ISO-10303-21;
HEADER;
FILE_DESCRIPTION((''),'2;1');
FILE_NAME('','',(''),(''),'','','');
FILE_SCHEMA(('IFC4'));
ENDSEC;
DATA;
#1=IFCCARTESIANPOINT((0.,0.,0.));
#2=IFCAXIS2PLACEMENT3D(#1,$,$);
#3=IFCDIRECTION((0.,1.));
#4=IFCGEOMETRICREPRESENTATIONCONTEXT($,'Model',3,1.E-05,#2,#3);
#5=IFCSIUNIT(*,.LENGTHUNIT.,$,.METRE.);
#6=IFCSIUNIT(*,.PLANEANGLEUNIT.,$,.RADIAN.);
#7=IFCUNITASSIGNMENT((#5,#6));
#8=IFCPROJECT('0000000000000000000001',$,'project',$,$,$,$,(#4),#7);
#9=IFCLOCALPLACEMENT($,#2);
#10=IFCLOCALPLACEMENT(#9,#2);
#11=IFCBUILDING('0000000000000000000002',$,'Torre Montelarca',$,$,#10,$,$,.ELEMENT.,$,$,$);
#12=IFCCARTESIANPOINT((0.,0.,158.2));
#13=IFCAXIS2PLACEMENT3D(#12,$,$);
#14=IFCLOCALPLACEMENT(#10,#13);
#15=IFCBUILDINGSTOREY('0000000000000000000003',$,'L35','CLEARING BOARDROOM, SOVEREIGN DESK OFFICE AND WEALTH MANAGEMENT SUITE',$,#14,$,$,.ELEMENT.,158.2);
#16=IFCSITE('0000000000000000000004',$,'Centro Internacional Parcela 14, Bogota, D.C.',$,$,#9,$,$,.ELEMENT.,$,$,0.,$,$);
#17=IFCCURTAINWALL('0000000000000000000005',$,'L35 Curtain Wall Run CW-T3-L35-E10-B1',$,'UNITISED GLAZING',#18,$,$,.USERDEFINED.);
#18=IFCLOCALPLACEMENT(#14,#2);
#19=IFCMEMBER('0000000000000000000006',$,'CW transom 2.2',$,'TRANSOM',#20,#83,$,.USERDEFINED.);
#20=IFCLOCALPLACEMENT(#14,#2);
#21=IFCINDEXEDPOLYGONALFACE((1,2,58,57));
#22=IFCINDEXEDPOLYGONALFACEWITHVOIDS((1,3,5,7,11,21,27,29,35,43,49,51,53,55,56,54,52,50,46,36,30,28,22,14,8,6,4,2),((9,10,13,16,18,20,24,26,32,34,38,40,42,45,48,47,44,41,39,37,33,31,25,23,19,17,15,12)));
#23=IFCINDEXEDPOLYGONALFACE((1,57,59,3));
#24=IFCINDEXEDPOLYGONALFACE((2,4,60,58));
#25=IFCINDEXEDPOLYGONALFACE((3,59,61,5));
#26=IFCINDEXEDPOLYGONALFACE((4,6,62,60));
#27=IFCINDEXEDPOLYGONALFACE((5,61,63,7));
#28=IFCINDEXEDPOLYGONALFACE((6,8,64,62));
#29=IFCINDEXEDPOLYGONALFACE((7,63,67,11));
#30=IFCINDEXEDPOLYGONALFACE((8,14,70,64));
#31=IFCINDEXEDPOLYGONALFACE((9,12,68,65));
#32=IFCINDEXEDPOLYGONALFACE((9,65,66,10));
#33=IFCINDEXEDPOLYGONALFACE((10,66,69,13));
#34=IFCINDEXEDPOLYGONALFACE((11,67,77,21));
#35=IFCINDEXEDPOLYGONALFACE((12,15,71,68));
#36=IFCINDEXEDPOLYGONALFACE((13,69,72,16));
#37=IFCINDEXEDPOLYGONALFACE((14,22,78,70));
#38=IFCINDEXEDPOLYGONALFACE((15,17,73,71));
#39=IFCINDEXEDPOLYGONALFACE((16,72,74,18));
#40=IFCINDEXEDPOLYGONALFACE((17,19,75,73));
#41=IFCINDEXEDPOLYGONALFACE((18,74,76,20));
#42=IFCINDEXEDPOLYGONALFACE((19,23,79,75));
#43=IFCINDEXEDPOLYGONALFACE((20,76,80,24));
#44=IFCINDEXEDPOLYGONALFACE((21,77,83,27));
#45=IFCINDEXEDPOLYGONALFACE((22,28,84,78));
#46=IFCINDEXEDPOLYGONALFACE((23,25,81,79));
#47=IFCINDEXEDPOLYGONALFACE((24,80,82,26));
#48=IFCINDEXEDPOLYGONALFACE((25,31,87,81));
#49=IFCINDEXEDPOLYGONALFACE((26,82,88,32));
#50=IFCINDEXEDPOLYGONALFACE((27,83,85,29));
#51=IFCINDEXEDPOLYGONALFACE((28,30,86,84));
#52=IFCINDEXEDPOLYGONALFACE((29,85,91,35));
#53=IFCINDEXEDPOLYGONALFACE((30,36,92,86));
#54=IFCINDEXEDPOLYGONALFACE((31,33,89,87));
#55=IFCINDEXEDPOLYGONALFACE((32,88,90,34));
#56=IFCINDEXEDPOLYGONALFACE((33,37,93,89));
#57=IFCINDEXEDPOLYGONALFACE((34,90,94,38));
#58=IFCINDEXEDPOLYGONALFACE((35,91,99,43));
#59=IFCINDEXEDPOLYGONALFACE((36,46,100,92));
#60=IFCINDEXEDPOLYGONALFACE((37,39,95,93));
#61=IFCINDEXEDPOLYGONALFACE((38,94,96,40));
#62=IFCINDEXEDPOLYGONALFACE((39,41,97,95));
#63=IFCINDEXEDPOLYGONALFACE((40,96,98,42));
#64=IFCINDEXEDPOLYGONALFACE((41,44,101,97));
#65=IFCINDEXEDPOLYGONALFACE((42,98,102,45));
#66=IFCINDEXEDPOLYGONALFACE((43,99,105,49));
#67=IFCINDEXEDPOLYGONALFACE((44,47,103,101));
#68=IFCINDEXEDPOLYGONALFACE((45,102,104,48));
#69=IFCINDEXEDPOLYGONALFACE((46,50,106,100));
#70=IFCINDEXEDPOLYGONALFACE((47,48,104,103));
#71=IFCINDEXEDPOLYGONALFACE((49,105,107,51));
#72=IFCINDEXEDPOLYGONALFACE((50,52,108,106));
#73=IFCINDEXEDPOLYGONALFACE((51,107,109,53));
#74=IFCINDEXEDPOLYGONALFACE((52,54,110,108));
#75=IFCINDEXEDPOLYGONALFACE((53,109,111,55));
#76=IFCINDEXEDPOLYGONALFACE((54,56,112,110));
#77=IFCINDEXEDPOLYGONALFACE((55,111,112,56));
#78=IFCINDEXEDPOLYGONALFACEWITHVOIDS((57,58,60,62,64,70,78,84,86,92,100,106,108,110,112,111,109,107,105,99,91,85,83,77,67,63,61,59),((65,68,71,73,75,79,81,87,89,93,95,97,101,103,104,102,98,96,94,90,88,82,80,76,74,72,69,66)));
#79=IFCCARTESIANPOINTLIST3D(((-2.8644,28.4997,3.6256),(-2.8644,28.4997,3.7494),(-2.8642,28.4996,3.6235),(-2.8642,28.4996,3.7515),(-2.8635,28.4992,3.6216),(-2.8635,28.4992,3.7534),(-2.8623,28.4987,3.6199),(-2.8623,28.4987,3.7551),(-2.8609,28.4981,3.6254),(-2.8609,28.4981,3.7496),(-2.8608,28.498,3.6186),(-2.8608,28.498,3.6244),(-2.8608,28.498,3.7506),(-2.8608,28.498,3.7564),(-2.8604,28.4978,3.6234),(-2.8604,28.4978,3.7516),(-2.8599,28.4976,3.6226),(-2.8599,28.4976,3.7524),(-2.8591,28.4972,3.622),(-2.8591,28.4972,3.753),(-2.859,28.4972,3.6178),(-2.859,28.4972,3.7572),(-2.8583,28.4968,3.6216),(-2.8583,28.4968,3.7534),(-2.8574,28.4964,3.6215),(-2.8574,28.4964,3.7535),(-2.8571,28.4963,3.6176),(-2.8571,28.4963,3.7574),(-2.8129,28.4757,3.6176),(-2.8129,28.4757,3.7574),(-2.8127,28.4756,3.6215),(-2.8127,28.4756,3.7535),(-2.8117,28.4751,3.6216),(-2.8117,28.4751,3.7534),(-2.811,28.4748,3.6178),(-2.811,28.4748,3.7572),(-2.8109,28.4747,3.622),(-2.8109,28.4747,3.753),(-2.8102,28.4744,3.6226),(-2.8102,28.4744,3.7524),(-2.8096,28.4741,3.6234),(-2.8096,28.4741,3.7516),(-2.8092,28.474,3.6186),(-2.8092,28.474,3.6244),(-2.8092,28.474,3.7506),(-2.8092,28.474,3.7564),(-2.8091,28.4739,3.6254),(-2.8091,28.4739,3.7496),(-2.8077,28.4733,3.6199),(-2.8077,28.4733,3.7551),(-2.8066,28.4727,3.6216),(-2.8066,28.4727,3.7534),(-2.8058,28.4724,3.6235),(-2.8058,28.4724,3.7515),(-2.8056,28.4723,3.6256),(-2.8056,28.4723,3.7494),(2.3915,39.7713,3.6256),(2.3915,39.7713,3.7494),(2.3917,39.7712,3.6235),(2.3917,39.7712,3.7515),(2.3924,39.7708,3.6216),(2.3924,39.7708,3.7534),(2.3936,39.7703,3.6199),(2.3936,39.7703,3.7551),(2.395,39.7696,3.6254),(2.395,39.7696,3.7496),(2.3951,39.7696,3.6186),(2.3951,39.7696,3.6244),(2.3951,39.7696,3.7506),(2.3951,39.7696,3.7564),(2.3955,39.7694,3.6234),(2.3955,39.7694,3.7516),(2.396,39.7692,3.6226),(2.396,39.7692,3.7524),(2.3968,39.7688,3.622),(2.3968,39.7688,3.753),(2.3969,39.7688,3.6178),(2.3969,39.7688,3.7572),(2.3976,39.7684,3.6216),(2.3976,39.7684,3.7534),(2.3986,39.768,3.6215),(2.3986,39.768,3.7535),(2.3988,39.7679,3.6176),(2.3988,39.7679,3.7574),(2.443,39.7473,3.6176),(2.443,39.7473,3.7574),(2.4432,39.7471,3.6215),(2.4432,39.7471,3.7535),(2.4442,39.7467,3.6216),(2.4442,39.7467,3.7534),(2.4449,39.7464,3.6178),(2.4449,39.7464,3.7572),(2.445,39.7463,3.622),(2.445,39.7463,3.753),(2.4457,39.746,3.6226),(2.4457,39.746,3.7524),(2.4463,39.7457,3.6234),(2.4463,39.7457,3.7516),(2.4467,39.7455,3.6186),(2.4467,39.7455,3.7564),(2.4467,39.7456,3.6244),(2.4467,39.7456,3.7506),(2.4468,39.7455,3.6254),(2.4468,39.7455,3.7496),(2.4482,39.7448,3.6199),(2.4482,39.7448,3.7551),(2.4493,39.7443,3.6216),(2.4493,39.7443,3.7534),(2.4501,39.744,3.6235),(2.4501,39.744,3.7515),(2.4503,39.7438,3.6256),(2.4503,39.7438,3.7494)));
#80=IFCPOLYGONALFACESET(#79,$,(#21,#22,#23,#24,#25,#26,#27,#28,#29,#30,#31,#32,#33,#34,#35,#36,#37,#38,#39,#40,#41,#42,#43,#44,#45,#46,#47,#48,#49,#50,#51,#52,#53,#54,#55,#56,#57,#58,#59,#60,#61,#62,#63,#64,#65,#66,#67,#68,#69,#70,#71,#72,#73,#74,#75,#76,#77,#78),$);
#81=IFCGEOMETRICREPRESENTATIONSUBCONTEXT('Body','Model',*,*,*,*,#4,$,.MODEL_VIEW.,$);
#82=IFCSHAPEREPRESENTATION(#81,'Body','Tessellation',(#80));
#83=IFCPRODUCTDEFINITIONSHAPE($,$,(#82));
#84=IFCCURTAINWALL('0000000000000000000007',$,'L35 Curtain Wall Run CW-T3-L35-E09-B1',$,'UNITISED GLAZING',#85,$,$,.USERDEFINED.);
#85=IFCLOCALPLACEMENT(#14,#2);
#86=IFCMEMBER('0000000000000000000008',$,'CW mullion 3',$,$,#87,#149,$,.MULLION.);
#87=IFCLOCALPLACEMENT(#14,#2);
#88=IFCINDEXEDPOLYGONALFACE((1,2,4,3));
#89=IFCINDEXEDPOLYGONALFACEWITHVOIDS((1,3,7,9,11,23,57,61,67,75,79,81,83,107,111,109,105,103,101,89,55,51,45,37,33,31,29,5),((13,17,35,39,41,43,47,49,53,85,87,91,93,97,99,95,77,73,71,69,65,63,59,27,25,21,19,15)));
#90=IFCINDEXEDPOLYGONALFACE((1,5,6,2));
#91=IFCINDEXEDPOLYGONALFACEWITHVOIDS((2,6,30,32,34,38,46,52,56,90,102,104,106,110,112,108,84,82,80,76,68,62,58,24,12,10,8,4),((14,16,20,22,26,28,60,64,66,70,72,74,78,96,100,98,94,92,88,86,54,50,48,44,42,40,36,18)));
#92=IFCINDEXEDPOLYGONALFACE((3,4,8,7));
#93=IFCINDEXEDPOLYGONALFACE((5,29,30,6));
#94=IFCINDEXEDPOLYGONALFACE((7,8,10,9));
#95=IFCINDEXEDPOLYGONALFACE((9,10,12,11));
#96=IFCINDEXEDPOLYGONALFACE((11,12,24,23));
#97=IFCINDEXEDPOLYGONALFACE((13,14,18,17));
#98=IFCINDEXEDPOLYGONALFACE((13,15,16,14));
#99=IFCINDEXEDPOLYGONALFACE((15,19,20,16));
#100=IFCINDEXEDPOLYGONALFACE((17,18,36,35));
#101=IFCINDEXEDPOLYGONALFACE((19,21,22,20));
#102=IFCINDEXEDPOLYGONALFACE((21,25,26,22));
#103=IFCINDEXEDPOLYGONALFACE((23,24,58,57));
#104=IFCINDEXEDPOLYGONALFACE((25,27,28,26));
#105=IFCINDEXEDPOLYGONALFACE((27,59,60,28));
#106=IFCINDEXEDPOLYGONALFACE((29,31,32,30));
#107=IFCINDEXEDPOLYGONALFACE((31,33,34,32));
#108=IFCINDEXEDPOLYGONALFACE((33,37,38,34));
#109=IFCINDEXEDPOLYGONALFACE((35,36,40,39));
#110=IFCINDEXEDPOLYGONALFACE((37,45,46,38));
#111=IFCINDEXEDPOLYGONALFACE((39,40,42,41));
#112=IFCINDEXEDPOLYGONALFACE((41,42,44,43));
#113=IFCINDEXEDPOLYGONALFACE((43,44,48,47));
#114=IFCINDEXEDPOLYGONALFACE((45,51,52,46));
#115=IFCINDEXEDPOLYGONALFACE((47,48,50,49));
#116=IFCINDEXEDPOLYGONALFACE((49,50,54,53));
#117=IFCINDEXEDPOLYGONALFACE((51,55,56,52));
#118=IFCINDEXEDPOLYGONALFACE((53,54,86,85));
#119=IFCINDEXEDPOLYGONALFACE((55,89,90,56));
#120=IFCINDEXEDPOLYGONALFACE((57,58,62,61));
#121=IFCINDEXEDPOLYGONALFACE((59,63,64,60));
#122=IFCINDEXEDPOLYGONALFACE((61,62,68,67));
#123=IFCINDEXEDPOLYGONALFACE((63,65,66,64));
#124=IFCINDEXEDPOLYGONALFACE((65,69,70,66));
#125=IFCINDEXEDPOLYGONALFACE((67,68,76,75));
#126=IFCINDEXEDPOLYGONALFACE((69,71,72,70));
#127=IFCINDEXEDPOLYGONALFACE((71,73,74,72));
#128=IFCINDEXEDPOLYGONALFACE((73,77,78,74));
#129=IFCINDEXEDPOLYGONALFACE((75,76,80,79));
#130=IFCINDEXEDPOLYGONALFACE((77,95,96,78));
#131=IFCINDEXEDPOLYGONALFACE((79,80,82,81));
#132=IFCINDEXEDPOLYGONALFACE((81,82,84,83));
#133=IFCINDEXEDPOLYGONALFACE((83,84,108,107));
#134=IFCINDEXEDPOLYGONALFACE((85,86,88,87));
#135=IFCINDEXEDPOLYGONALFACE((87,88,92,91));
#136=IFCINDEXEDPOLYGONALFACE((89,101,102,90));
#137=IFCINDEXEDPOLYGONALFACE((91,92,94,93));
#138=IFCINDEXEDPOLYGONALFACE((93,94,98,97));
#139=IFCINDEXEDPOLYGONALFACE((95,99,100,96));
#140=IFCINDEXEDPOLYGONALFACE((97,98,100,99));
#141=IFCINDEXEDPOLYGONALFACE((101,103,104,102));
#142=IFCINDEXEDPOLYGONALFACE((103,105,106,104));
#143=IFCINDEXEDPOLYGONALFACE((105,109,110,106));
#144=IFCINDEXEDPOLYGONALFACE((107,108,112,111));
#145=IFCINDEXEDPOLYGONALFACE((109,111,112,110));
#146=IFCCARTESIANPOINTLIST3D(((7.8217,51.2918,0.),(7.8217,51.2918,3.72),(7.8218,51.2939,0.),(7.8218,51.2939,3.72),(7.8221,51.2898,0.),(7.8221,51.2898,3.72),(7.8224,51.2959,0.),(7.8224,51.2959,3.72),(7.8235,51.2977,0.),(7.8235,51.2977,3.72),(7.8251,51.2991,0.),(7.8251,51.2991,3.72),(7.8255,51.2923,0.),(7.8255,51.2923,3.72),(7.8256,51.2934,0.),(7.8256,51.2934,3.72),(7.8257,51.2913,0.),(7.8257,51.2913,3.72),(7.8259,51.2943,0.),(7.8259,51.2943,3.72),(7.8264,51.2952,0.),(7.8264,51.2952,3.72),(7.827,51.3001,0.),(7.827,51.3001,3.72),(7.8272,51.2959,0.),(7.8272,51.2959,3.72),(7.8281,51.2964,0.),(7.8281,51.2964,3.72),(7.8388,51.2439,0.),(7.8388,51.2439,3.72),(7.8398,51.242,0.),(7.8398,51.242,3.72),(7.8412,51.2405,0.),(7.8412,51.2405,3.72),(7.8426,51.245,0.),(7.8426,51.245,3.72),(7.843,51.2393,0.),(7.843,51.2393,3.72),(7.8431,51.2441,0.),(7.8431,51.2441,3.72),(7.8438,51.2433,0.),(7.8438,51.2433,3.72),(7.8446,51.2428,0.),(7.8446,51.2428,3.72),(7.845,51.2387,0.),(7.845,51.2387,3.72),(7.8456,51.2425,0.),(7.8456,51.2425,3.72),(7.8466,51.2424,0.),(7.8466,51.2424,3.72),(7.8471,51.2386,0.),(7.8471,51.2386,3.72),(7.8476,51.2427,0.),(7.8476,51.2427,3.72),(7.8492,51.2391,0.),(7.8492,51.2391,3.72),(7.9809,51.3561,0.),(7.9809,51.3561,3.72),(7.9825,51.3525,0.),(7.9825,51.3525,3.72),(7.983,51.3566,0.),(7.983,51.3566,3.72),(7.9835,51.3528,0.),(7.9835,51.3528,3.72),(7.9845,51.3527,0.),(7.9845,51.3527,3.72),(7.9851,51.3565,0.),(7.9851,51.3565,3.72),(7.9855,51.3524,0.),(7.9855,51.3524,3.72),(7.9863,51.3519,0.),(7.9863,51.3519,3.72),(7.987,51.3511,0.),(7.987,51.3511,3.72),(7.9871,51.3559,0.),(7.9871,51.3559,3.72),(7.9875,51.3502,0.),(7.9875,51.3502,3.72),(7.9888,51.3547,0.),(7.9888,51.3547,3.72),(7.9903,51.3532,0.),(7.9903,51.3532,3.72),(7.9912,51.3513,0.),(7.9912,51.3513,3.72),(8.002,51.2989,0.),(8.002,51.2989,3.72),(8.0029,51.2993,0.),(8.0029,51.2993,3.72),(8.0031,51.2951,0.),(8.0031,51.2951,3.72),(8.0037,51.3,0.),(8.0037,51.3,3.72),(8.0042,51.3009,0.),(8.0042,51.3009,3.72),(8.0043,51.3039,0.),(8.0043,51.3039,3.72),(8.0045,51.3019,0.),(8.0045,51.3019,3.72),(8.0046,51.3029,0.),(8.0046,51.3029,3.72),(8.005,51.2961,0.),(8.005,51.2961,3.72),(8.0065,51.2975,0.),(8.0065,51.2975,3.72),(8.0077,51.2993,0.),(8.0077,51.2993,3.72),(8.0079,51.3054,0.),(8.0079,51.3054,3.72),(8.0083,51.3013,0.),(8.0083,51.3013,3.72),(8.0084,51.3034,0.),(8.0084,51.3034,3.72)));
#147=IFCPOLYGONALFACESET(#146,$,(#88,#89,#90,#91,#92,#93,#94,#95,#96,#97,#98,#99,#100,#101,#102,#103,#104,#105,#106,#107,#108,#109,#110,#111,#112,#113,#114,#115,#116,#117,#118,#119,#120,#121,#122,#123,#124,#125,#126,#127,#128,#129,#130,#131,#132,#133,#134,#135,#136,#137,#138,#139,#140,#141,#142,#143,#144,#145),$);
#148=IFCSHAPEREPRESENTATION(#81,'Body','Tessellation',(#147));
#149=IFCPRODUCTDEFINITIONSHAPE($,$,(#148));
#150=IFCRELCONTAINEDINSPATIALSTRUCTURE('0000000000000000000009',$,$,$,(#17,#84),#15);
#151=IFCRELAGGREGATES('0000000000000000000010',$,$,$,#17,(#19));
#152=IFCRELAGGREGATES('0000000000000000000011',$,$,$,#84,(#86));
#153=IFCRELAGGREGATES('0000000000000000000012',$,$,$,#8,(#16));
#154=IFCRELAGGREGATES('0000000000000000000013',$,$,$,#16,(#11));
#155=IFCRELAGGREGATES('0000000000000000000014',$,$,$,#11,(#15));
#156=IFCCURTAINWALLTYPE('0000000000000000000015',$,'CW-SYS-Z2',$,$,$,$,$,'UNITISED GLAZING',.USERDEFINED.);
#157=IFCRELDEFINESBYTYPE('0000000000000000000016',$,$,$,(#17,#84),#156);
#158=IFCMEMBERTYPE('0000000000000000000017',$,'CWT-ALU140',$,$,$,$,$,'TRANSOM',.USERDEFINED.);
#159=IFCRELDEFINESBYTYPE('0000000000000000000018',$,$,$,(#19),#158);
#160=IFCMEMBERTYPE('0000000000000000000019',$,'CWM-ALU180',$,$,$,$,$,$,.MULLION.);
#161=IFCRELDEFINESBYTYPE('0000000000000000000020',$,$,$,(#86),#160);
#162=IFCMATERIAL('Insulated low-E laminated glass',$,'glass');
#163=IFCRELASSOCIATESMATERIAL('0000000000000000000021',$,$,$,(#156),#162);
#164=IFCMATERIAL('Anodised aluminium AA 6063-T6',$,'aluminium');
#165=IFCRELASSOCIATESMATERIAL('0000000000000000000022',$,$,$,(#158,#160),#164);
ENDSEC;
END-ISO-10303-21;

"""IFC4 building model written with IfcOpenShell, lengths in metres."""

from ifc_helpers import new_model, si_unit, direction, frame, origin, origin_2d, place, context, subcontext, project, spatial, hollow_rectangle, extrude, source, transform, mapped, material, material_profile, profile_set, type_object, element, aggregate, save


model = new_model("IFC4")

# Units and contexts
model_context = context("Model", 3, precision=1e-05, world=origin(), true_north=direction((0.0, 1.0)))
body_context = subcontext(model_context, "Body", "Model", "MODEL_VIEW")
ifc_project = project(units=[si_unit("LENGTHUNIT", "METRE"), si_unit("PLANEANGLEUNIT", "RADIAN")], contexts=[model_context])

# Site, building, storey
site_placement = place(None, origin())
site = spatial("IfcSite", under=ifc_project, at=site_placement, Name="Centro Internacional Parcela 14, Bogota, D.C.", CompositionType="ELEMENT", RefElevation=0.0)
building_placement = place(site_placement, origin())
building = spatial("IfcBuilding", under=site, at=building_placement, Name="Torre Montelarca", CompositionType="ELEMENT")
storey_placement = place(building_placement, frame((0.0, 0.0, 158.2)))
storey = spatial("IfcBuildingStorey", under=building, at=storey_placement, Name="L35", Description="CLEARING BOARDROOM, SOVEREIGN DESK OFFICE AND WEALTH MANAGEMENT SUITE", CompositionType="ELEMENT", Elevation=158.2)

# Shared definitions
ifc_material_1 = material(Name="Insulated low-E laminated glass", Category="glass")
curtain_wall_type = type_object("IfcCurtainWallType", Name="CW-SYS-Z2", ElementType="UNITISED GLAZING", PredefinedType="USERDEFINED", material=ifc_material_1)
ifc_material_2 = material(Name="Anodised aluminium AA 6063-T6", Category="aluminium")
ifc_material_profile_1 = material_profile(ifc_material_2, hollow_rectangle(XDim=0.0649, YDim=0.1399, WallThickness=0.0039, InnerFilletRadius=0.0039, OuterFilletRadius=0.0081, at=origin_2d()), Name="ALU65X140X4", Category="aluminium")
ifc_profile_set_1 = profile_set([ifc_material_profile_1], Name="Anodised aluminium AA 6063-T6")
member_type_1 = type_object("IfcMemberType", Name="CWT-ALU140", ElementType="TRANSOM", PredefinedType="USERDEFINED", material=ifc_profile_set_1)

# Curtain wall, member
curtain_wall_1_placement = place(storey_placement, origin())
curtain_wall_1 = element("IfcCurtainWall", 1, at=curtain_wall_1_placement, inside=storey, type_object=curtain_wall_type, Name="L35 Curtain Wall Run CW-T3-L35-E10-B1", ObjectType="UNITISED GLAZING", PredefinedType="USERDEFINED")
shared_shape_1 = source(origin(), body_context, "Body", "SweptSolid", [
    extrude(hollow_rectangle(XDim=0.0649, YDim=0.1399, WallThickness=0.0039, InnerFilletRadius=0.0039, OuterFilletRadius=0.0081, at=origin_2d()), origin(), (0.0, 0.0, 1.0), 12.4368),
])
member_1_placement = place(storey_placement, frame((2.4209, 39.7576, 3.6875), z_axis=(-0.42261, -0.906311, 0.0), x_axis=(0.906311, -0.42261, 0.0)))
member_1 = element("IfcMember", 2, at=member_1_placement, type_object=member_type_1, Name="CW transom 2.2", ObjectType="TRANSOM", PredefinedType="USERDEFINED", context=body_context, shape_type="MappedRepresentation", body=[
    mapped(shared_shape_1, transform((0.0, 0.0, 0.0), scale=1.0)),
])

# Curtain wall, member
curtain_wall_2_placement = place(storey_placement, origin())
curtain_wall_2 = element("IfcCurtainWall", 3, at=curtain_wall_2_placement, inside=storey, type_object=curtain_wall_type, Name="L35 Curtain Wall Run CW-T3-L35-E09-B1", ObjectType="UNITISED GLAZING", PredefinedType="USERDEFINED")
ifc_material_profile_2 = material_profile(ifc_material_2, hollow_rectangle(XDim=0.0649, YDim=0.1799, WallThickness=0.0039, InnerFilletRadius=0.0039, OuterFilletRadius=0.0081, at=origin_2d()), Name="ALU65X180X4", Category="aluminium")
ifc_profile_set_2 = profile_set([ifc_material_profile_2], Name="Anodised aluminium AA 6063-T6")
member_type_2 = type_object("IfcMemberType", Name="CWM-ALU180", PredefinedType="MULLION", material=ifc_profile_set_2)
shared_shape_2 = source(origin(), body_context, "Body", "SweptSolid", [
    extrude(hollow_rectangle(XDim=0.0649, YDim=0.1799, WallThickness=0.0039, InnerFilletRadius=0.0039, OuterFilletRadius=0.0081, at=origin_2d()), origin(), (0.0, 0.0, 1.0), 3.72),
])
member_2_placement = place(storey_placement, frame((7.915, 51.2976, 0.0), z_axis=(0.0, 0.0, 1.0), x_axis=(0.342021, -0.939692, 0.0)))
member_2 = element("IfcMember", 4, at=member_2_placement, type_object=member_type_2, Name="CW mullion 3", PredefinedType="MULLION", context=body_context, shape_type="MappedRepresentation", body=[
    mapped(shared_shape_2, transform((0.0, 0.0, 0.0), scale=1.0)),
])

aggregate(curtain_wall_1, [member_1])
aggregate(curtain_wall_2, [member_2])

save(model, "model.ifc")
